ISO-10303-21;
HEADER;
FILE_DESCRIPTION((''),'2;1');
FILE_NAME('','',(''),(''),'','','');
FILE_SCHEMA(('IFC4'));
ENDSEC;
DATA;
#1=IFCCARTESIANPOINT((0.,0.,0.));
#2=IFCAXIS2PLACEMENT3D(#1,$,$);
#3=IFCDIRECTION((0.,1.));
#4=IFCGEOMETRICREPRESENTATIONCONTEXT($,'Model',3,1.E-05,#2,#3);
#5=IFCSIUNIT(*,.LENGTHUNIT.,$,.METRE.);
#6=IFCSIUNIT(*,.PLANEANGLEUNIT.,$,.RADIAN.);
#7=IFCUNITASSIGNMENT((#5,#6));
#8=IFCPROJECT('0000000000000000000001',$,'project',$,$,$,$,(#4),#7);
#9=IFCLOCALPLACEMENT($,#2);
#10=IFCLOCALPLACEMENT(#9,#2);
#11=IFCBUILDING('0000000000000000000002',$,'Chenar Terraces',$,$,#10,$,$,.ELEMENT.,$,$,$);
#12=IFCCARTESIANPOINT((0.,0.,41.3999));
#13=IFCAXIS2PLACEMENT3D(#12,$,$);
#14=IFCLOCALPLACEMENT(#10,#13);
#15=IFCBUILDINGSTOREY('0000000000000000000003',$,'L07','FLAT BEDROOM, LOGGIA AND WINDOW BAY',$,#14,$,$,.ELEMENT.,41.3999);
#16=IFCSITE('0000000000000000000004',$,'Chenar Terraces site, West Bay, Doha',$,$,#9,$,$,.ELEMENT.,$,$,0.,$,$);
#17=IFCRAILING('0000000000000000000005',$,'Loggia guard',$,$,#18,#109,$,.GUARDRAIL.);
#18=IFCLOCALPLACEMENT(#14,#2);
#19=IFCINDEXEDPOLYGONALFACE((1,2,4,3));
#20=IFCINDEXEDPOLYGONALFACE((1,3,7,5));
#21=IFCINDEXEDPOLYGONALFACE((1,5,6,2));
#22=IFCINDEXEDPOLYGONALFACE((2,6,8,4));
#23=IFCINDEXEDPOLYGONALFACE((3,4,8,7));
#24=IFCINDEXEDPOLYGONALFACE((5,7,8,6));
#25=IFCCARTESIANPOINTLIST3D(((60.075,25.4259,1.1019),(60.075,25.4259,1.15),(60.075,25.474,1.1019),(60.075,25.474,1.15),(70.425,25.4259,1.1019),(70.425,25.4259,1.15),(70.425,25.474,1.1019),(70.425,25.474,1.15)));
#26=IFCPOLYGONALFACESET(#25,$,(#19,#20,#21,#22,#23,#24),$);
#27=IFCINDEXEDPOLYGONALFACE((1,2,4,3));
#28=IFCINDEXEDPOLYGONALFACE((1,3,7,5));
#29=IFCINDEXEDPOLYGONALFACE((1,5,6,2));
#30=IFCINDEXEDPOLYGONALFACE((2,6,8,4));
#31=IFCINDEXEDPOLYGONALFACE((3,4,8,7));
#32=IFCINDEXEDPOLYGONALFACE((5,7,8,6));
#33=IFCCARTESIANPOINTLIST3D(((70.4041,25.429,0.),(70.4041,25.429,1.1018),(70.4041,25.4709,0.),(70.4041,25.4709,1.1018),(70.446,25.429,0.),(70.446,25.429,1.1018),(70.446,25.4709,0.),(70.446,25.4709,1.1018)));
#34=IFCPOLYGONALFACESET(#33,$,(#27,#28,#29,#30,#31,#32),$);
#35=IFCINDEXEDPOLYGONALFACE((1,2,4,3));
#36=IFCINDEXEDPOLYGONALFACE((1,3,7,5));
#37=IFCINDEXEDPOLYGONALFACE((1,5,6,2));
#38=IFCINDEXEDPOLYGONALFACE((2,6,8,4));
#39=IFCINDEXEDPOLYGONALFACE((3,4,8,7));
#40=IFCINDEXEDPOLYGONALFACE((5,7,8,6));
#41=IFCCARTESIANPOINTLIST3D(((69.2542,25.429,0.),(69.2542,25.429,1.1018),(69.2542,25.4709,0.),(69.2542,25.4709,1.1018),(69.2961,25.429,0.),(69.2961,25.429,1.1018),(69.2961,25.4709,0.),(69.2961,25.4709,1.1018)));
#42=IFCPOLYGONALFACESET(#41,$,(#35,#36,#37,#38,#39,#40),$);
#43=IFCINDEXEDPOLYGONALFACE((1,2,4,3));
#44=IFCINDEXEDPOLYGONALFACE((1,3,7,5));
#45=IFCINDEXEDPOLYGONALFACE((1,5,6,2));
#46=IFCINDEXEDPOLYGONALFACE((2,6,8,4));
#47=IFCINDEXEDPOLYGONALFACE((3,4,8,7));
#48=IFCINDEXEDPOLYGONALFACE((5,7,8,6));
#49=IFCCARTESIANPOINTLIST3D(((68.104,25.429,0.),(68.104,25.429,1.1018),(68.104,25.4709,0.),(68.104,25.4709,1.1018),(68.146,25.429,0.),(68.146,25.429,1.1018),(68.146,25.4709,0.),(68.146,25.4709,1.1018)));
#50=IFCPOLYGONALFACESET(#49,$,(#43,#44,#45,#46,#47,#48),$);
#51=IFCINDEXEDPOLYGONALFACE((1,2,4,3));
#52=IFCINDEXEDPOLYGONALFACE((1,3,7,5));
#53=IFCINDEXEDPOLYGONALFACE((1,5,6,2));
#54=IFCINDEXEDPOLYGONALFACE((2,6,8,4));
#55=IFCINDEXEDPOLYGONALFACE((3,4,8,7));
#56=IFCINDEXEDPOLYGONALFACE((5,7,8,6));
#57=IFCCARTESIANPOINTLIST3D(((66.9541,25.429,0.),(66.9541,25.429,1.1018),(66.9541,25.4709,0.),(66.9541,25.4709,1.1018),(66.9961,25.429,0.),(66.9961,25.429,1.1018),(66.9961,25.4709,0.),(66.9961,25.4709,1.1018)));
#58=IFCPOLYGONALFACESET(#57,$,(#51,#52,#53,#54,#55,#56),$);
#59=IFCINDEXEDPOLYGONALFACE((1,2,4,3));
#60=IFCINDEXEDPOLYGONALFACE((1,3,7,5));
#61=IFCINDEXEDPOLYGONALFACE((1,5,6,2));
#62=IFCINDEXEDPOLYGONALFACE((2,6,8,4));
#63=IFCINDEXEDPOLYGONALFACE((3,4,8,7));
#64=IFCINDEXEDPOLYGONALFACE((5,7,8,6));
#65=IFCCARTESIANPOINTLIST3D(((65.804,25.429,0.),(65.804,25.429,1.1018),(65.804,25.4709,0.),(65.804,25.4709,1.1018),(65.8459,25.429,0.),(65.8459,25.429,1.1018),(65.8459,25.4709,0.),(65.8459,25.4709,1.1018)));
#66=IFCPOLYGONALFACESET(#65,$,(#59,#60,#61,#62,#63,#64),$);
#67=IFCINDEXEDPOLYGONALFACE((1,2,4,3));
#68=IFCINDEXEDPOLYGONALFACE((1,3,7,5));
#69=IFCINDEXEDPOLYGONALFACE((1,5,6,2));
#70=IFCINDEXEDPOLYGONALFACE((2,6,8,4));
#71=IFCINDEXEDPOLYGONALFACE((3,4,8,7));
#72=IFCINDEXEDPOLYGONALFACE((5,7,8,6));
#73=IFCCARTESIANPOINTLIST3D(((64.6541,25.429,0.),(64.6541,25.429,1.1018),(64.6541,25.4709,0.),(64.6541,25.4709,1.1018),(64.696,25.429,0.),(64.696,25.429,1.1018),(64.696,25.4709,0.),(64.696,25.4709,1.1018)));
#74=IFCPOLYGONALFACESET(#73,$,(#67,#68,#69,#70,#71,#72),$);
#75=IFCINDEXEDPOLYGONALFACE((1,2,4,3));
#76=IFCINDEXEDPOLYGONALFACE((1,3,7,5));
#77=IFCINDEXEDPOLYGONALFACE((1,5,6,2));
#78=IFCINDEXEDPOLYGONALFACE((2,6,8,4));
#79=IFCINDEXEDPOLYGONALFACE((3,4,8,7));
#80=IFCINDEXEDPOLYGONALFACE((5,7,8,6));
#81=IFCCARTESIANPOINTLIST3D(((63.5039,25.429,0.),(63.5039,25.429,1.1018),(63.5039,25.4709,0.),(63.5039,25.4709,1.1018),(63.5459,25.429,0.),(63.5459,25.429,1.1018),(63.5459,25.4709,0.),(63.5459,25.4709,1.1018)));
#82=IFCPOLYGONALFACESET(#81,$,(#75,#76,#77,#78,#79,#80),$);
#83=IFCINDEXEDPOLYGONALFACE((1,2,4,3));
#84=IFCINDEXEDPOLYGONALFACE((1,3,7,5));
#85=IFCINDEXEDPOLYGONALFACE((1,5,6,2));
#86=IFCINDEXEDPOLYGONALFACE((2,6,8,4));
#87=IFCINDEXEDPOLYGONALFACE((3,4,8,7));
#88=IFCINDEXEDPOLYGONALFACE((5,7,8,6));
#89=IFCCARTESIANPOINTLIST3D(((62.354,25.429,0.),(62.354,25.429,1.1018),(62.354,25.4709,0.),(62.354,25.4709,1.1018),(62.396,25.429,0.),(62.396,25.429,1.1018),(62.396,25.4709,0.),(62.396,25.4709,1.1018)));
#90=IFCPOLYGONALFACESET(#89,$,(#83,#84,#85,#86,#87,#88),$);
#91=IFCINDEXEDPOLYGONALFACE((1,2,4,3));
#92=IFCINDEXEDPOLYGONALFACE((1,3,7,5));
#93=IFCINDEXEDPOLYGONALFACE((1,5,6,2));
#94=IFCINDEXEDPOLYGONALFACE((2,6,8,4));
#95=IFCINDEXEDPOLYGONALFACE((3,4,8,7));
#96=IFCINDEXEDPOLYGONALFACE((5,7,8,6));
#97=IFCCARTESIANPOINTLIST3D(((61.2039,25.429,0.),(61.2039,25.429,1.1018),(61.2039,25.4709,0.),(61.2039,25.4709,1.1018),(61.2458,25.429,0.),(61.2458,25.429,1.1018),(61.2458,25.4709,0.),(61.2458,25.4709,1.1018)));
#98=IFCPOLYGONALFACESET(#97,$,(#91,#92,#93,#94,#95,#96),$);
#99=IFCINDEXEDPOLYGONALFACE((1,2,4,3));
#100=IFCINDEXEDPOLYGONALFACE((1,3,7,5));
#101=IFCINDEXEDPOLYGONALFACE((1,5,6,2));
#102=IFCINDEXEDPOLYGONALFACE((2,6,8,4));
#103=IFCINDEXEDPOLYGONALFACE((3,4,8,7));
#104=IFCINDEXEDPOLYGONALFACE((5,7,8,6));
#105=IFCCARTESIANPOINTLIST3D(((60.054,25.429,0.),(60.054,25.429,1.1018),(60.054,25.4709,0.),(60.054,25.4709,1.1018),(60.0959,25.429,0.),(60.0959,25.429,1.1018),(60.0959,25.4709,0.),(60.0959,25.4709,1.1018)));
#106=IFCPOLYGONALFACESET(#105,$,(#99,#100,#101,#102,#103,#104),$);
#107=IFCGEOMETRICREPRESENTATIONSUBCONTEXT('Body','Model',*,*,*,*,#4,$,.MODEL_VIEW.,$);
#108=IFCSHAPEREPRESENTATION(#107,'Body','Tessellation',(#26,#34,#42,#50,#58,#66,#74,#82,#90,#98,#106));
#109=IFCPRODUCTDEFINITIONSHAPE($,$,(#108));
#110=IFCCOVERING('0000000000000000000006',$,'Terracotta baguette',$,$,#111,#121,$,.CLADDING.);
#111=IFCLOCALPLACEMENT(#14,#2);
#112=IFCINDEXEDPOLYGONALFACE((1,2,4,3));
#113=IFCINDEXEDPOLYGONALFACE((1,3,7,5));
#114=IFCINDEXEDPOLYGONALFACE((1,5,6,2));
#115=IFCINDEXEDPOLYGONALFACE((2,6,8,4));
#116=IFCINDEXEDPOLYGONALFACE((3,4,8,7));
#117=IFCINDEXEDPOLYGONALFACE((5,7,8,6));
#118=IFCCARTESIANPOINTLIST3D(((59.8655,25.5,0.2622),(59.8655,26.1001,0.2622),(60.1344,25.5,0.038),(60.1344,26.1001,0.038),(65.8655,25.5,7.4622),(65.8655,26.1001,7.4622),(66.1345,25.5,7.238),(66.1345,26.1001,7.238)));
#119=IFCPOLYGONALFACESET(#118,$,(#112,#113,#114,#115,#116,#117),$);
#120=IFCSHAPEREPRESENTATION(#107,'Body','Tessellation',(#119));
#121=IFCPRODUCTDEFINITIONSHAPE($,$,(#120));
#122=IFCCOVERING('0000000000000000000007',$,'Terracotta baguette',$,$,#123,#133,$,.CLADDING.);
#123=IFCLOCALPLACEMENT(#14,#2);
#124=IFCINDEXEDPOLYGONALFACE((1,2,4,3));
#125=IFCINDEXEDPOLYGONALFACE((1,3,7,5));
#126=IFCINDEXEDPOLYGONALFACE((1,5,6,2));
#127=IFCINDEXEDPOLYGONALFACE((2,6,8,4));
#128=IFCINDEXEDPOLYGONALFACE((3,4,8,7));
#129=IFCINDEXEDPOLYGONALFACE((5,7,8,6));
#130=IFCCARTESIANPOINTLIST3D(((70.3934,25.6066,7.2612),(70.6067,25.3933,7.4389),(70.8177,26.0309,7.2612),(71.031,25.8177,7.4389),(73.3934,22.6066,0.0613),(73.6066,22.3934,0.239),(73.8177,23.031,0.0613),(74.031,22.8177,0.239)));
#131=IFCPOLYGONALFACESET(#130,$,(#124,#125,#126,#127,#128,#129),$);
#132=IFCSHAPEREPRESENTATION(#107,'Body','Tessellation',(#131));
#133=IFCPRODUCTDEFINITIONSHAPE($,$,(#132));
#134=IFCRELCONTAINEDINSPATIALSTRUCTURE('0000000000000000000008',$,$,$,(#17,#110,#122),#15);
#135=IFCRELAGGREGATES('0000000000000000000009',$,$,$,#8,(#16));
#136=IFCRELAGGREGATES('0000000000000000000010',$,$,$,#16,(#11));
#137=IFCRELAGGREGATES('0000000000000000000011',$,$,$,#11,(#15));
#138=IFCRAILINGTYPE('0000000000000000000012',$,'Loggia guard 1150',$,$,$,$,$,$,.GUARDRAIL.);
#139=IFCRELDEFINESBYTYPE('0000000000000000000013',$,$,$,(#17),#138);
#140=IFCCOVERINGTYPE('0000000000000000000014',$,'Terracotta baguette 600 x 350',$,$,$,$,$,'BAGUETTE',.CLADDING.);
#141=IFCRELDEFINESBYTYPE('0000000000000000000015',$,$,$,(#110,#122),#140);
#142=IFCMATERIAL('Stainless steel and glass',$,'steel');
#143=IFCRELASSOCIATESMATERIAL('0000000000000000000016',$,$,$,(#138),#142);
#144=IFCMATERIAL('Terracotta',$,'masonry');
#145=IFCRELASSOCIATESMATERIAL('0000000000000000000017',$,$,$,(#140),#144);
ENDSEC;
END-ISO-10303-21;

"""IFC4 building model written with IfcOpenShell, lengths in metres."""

from ifc_helpers import new_model, si_unit, direction, frame, origin, origin_2d, place, context, subcontext, project, spatial, rectangle, extrude, material, material_profile, profile_set, type_object, element, save


model = new_model("IFC4")

# Units and contexts
model_context = context("Model", 3, precision=1e-05, world=origin(), true_north=direction((0.0, 1.0)))
body_context = subcontext(model_context, "Body", "Model", "MODEL_VIEW")
ifc_project = project(units=[si_unit("LENGTHUNIT", "METRE"), si_unit("PLANEANGLEUNIT", "RADIAN")], contexts=[model_context])

# Site, building, storey
site_placement = place(None, origin())
site = spatial("IfcSite", under=ifc_project, at=site_placement, Name="Chenar Terraces site, West Bay, Doha", CompositionType="ELEMENT", RefElevation=0.0)
building_placement = place(site_placement, origin())
building = spatial("IfcBuilding", under=site, at=building_placement, Name="Chenar Terraces", CompositionType="ELEMENT")
storey_placement = place(building_placement, frame((0.0, 0.0, 41.3999)))
storey = spatial("IfcBuildingStorey", under=building, at=storey_placement, Name="L07", Description="FLAT BEDROOM, LOGGIA AND WINDOW BAY", CompositionType="ELEMENT", Elevation=41.3999)

# Railing
ifc_material_1 = material(Name="Stainless steel and glass", Category="steel")
railing_type = type_object("IfcRailingType", Name="Loggia guard 1150", PredefinedType="GUARDRAIL", material=ifc_material_1)
railing_placement = place(storey_placement, frame((70.425, 25.45, 0.0)))
element("IfcRailing", 1, at=railing_placement, inside=storey, type_object=railing_type, Name="Loggia guard", PredefinedType="GUARDRAIL", context=body_context, shape_type="SweptSolid", body=[
    extrude(rectangle(XDim=0.0481, YDim=0.0481, at=origin_2d()), frame((0.0, 0.0, 1.126), z_axis=(-1.0, 0.0, 0.0), x_axis=(0.0, -1.0, 0.0)), (0.0, 0.0, 1.0), 10.3501),
    extrude(rectangle(XDim=0.042, YDim=0.042, at=origin_2d()), origin(), (0.0, 0.0, 1.0), 1.1018),
    extrude(rectangle(XDim=0.042, YDim=0.042, at=origin_2d()), frame((-1.1499, 0.0, 0.0)), (0.0, 0.0, 1.0), 1.1018),
    extrude(rectangle(XDim=0.042, YDim=0.042, at=origin_2d()), frame((-2.3, 0.0, 0.0)), (0.0, 0.0, 1.0), 1.1018),
    extrude(rectangle(XDim=0.042, YDim=0.042, at=origin_2d()), frame((-3.45, 0.0, 0.0)), (0.0, 0.0, 1.0), 1.1018),
    extrude(rectangle(XDim=0.042, YDim=0.042, at=origin_2d()), frame((-4.6001, 0.0, 0.0)), (0.0, 0.0, 1.0), 1.1018),
    extrude(rectangle(XDim=0.042, YDim=0.042, at=origin_2d()), frame((-5.75, 0.0, 0.0)), (0.0, 0.0, 1.0), 1.1018),
    extrude(rectangle(XDim=0.042, YDim=0.042, at=origin_2d()), frame((-6.9001, 0.0, 0.0)), (0.0, 0.0, 1.0), 1.1018),
    extrude(rectangle(XDim=0.042, YDim=0.042, at=origin_2d()), frame((-8.05, 0.0, 0.0)), (0.0, 0.0, 1.0), 1.1018),
    extrude(rectangle(XDim=0.042, YDim=0.042, at=origin_2d()), frame((-9.2002, 0.0, 0.0)), (0.0, 0.0, 1.0), 1.1018),
    extrude(rectangle(XDim=0.042, YDim=0.042, at=origin_2d()), frame((-10.3501, 0.0, 0.0)), (0.0, 0.0, 1.0), 1.1018),
])

# Coverings
ifc_material_2 = material(Name="Terracotta", Category="masonry")
ifc_material_profile = material_profile(ifc_material_2, rectangle(XDim=0.6001, YDim=0.3501, at=origin_2d()), Name="Terracotta baguette 600 x 350")
ifc_profile_set = profile_set([ifc_material_profile], Name="Terracotta")
covering_type = type_object("IfcCoveringType", Name="Terracotta baguette 600 x 350", ElementType="BAGUETTE", PredefinedType="CLADDING", material=ifc_profile_set)
covering_1_placement = place(storey_placement, frame((66.0, 25.8, 7.3501), z_axis=(-0.640187, 0.0, -0.768219), x_axis=(0.0, -1.0, 0.0)))
element("IfcCovering", 2, at=covering_1_placement, inside=storey, type_object=covering_type, Name="Terracotta baguette", PredefinedType="CLADDING", context=body_context, shape_type="SweptSolid", body=[
    extrude(rectangle(XDim=0.6001, YDim=0.3501, at=origin_2d()), origin(), (0.0, 0.0, 1.0), 9.3723),
])
covering_2_placement = place(storey_placement, frame((73.7122, 22.7122, 0.1501), z_axis=(-0.358981, 0.358981, 0.861548), x_axis=(-0.707107, -0.707107, 0.0)))
element("IfcCovering", 3, at=covering_2_placement, inside=storey, type_object=covering_type, Name="Terracotta baguette", PredefinedType="CLADDING", context=body_context, shape_type="SweptSolid", body=[
    extrude(rectangle(XDim=0.6001, YDim=0.3501, at=origin_2d()), origin(), (0.0, 0.0, 1.0), 8.3569),
])

save(model, "model.ifc")
